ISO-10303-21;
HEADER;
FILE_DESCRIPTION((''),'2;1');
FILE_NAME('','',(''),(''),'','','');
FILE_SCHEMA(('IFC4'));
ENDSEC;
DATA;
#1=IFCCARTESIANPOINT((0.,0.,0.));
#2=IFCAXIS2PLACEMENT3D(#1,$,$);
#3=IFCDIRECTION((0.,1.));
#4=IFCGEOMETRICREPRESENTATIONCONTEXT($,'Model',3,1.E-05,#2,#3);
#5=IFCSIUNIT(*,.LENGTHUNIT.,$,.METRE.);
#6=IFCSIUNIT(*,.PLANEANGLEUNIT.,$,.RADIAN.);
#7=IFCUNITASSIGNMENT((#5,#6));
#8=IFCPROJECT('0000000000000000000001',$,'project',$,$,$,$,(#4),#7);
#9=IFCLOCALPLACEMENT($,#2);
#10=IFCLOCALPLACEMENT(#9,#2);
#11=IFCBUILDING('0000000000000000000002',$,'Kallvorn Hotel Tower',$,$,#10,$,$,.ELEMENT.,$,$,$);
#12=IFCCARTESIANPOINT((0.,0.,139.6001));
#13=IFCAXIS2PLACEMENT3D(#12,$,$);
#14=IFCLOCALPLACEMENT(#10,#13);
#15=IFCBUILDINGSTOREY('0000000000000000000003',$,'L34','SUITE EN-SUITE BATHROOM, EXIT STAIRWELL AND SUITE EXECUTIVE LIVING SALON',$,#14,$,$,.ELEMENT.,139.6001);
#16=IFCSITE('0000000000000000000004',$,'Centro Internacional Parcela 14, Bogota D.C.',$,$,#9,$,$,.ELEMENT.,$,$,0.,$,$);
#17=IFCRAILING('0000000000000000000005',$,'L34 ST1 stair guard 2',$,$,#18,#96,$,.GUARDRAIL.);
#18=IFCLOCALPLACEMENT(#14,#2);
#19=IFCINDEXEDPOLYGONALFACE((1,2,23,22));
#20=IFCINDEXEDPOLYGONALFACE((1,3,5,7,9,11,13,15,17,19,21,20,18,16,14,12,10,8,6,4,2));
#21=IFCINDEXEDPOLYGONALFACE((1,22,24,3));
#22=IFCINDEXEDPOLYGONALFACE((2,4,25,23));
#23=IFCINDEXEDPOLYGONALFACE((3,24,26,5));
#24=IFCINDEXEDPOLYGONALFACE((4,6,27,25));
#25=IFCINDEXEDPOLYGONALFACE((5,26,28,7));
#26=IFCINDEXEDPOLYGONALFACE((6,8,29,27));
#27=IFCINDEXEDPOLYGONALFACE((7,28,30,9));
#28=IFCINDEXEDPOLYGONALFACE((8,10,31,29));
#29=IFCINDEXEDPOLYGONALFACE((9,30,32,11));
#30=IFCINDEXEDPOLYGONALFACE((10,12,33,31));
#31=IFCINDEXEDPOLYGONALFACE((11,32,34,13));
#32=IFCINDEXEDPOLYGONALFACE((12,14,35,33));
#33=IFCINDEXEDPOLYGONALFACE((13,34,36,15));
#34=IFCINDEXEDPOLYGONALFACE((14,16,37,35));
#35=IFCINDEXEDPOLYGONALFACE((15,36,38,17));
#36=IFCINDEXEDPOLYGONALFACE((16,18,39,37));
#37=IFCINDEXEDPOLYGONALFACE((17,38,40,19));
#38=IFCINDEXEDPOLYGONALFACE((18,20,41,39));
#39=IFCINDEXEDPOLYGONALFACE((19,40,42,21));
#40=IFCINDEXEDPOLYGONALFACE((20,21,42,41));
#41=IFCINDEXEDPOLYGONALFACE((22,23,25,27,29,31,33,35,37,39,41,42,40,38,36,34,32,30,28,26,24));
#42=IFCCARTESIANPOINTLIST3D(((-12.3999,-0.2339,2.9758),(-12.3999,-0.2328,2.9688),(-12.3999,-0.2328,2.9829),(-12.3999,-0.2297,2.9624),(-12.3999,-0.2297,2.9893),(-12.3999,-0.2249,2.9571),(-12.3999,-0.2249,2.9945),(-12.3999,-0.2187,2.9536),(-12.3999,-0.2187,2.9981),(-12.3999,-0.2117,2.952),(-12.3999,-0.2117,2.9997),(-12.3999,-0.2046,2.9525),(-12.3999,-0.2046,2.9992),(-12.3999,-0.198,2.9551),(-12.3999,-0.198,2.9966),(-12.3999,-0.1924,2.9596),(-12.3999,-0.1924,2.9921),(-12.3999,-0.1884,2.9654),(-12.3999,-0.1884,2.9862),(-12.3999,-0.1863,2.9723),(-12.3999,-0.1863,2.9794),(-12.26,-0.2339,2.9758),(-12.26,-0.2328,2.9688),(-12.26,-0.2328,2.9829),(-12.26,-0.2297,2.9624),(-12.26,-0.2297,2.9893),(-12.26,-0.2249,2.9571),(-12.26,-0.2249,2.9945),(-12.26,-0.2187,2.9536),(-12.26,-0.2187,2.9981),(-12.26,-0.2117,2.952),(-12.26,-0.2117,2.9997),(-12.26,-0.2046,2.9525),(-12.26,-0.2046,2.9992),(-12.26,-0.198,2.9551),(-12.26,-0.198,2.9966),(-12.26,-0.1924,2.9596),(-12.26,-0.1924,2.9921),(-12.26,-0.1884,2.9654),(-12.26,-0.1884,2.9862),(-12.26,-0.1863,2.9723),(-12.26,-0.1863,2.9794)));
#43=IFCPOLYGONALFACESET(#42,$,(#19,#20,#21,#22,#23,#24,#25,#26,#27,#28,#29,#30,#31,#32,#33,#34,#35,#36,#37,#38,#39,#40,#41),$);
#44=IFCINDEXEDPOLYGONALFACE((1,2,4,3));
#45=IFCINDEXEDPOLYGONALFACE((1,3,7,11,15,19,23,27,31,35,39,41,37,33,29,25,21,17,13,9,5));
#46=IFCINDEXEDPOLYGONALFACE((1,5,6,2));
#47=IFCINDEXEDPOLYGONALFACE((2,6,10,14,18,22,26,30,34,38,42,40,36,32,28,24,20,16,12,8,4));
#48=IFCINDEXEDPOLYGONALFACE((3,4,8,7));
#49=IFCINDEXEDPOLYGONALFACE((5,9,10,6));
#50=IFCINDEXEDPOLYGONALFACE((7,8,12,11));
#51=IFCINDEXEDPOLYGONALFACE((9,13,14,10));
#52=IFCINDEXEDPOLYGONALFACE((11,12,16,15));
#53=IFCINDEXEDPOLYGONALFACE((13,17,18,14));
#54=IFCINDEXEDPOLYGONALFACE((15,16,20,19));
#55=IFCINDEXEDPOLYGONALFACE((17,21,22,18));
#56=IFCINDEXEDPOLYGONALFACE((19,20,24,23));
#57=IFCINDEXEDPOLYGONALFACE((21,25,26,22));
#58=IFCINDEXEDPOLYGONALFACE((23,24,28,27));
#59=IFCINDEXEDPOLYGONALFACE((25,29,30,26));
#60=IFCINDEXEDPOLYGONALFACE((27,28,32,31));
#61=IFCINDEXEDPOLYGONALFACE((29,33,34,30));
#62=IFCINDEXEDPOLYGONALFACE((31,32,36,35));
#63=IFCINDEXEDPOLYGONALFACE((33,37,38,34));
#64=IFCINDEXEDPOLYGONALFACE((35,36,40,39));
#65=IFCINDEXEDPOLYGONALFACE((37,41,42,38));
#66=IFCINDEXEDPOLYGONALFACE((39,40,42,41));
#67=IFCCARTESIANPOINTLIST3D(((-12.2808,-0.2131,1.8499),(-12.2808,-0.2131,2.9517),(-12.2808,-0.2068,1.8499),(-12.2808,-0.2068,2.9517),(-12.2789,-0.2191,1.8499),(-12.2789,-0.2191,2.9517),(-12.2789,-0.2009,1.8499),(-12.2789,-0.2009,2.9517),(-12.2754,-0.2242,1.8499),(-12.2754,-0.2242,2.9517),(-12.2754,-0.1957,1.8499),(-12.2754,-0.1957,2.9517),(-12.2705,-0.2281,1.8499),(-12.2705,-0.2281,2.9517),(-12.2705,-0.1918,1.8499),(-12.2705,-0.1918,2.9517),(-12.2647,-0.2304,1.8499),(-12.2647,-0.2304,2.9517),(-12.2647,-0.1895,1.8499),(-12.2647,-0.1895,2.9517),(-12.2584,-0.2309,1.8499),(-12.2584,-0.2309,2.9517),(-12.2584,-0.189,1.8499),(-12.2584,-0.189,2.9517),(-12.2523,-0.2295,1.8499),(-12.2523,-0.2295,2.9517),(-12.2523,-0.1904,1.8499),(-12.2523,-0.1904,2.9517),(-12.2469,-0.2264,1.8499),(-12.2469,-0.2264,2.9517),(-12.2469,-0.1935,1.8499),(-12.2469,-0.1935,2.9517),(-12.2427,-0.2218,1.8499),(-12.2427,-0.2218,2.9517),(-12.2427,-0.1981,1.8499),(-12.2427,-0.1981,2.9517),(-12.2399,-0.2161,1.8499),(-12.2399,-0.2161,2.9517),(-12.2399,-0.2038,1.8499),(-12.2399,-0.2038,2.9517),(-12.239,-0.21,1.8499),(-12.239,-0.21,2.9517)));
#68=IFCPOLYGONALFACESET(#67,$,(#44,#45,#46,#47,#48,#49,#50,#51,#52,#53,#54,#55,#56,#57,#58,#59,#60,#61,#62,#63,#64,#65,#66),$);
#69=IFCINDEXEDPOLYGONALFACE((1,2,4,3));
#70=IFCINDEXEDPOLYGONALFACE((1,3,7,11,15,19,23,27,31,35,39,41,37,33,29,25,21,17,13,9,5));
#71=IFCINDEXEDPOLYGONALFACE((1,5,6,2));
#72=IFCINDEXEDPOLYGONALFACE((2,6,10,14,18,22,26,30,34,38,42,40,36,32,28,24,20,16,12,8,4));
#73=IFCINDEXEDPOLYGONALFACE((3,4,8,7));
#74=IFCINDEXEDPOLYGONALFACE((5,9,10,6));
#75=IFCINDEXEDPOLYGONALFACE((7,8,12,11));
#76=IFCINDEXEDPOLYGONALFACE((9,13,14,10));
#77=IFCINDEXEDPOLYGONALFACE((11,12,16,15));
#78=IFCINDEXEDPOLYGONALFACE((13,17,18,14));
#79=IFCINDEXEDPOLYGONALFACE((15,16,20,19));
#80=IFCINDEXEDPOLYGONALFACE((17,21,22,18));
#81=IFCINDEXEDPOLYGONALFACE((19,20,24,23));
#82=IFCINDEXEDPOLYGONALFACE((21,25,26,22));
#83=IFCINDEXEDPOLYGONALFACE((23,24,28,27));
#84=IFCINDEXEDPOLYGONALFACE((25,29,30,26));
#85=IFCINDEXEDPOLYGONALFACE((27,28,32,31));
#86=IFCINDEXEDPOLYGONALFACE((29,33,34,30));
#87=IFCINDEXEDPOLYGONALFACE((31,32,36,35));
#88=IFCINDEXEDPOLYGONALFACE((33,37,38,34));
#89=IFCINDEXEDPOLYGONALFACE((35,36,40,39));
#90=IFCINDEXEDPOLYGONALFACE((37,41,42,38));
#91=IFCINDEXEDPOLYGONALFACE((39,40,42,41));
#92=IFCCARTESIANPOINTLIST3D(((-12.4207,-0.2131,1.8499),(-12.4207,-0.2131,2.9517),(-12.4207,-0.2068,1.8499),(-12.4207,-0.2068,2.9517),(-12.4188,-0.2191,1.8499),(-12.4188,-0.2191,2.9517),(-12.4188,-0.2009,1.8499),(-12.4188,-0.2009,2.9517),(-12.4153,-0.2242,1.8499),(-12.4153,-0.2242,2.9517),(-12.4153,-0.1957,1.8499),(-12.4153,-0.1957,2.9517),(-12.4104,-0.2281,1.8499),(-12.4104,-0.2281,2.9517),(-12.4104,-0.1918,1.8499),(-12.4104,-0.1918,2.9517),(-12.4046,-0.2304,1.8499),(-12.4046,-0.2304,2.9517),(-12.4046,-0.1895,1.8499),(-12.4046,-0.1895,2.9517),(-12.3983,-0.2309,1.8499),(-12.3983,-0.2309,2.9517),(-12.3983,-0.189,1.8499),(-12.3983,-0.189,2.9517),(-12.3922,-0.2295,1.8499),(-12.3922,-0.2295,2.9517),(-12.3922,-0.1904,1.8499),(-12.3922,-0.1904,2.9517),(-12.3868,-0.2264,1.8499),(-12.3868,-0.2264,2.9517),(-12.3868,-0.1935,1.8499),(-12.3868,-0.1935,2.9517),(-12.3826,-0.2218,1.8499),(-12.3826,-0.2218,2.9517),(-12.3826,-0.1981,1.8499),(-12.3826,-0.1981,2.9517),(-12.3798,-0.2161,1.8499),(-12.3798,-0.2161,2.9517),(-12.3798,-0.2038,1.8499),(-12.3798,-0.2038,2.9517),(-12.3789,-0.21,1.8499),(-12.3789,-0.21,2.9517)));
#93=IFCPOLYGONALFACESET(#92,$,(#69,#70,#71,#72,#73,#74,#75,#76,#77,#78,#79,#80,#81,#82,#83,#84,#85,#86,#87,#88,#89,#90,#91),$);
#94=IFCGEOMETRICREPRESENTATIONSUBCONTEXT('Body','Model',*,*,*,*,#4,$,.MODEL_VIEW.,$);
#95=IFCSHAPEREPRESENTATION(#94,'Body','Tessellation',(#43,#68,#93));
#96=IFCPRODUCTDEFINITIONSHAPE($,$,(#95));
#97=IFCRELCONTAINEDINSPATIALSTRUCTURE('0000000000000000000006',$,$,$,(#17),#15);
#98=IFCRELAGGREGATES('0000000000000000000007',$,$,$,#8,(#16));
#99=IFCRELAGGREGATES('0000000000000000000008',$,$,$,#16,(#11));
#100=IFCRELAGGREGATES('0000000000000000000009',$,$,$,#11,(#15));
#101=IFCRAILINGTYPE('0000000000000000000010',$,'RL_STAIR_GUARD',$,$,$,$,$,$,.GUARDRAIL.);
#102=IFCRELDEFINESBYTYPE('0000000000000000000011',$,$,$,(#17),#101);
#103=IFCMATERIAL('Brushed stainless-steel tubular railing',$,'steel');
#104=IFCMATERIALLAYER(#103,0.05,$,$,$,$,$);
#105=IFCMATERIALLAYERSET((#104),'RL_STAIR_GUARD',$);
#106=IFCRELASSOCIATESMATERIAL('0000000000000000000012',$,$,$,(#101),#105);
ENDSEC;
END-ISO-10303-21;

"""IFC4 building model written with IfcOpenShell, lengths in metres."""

from ifc_helpers import new_model, si_unit, direction, frame, origin, origin_2d, place, context, subcontext, project, spatial, circle, extrude, material, layer, layer_set, type_object, element, save


model = new_model("IFC4")

# Units and contexts
model_context = context("Model", 3, precision=1e-05, world=origin(), true_north=direction((0.0, 1.0)))
body_context = subcontext(model_context, "Body", "Model", "MODEL_VIEW")
ifc_project = project(units=[si_unit("LENGTHUNIT", "METRE"), si_unit("PLANEANGLEUNIT", "RADIAN")], contexts=[model_context])

# Site, building, storey
site_placement = place(None, origin())
site = spatial("IfcSite", under=ifc_project, at=site_placement, Name="Centro Internacional Parcela 14, Bogota D.C.", CompositionType="ELEMENT", RefElevation=0.0)
building_placement = place(site_placement, origin())
building = spatial("IfcBuilding", under=site, at=building_placement, Name="Kallvorn Hotel Tower", CompositionType="ELEMENT")
storey_placement = place(building_placement, frame((0.0, 0.0, 139.6001)))
storey = spatial("IfcBuildingStorey", under=building, at=storey_placement, Name="L34", Description="SUITE EN-SUITE BATHROOM, EXIT STAIRWELL AND SUITE EXECUTIVE LIVING SALON", CompositionType="ELEMENT", Elevation=139.6001)

# Railing
ifc_material_1 = material(Name="Brushed stainless-steel tubular railing", Category="steel")
ifc_layer_1 = layer(ifc_material_1, 0.05)
ifc_layer_set_1 = layer_set([ifc_layer_1], Name="RL_STAIR_GUARD")
railing_type_1 = type_object("IfcRailingType", Name="RL_STAIR_GUARD", PredefinedType="GUARDRAIL", material=ifc_layer_set_1)
railing_1_placement = place(storey_placement, frame((-12.26, -0.21, 1.8499)))
element("IfcRailing", 1, at=railing_1_placement, inside=storey, type_object=railing_type_1, Name="L34 ST1 stair guard 2", PredefinedType="GUARDRAIL", context=body_context, shape_type="SweptSolid", body=[
    extrude(circle(Radius=0.0239, at=origin_2d()), frame((0.0, 0.0, 1.126), z_axis=(-1.0, 0.0, 0.0), x_axis=(0.0, -1.0, 0.0)), (0.0, 0.0, 1.0), 0.1399),
    extrude(circle(Radius=0.021, at=origin_2d()), origin(), (0.0, 0.0, 1.0), 1.1018),
    extrude(circle(Radius=0.021, at=origin_2d()), frame((-0.1399, 0.0, 0.0)), (0.0, 0.0, 1.0), 1.1018),
])

save(model, "model.ifc")
